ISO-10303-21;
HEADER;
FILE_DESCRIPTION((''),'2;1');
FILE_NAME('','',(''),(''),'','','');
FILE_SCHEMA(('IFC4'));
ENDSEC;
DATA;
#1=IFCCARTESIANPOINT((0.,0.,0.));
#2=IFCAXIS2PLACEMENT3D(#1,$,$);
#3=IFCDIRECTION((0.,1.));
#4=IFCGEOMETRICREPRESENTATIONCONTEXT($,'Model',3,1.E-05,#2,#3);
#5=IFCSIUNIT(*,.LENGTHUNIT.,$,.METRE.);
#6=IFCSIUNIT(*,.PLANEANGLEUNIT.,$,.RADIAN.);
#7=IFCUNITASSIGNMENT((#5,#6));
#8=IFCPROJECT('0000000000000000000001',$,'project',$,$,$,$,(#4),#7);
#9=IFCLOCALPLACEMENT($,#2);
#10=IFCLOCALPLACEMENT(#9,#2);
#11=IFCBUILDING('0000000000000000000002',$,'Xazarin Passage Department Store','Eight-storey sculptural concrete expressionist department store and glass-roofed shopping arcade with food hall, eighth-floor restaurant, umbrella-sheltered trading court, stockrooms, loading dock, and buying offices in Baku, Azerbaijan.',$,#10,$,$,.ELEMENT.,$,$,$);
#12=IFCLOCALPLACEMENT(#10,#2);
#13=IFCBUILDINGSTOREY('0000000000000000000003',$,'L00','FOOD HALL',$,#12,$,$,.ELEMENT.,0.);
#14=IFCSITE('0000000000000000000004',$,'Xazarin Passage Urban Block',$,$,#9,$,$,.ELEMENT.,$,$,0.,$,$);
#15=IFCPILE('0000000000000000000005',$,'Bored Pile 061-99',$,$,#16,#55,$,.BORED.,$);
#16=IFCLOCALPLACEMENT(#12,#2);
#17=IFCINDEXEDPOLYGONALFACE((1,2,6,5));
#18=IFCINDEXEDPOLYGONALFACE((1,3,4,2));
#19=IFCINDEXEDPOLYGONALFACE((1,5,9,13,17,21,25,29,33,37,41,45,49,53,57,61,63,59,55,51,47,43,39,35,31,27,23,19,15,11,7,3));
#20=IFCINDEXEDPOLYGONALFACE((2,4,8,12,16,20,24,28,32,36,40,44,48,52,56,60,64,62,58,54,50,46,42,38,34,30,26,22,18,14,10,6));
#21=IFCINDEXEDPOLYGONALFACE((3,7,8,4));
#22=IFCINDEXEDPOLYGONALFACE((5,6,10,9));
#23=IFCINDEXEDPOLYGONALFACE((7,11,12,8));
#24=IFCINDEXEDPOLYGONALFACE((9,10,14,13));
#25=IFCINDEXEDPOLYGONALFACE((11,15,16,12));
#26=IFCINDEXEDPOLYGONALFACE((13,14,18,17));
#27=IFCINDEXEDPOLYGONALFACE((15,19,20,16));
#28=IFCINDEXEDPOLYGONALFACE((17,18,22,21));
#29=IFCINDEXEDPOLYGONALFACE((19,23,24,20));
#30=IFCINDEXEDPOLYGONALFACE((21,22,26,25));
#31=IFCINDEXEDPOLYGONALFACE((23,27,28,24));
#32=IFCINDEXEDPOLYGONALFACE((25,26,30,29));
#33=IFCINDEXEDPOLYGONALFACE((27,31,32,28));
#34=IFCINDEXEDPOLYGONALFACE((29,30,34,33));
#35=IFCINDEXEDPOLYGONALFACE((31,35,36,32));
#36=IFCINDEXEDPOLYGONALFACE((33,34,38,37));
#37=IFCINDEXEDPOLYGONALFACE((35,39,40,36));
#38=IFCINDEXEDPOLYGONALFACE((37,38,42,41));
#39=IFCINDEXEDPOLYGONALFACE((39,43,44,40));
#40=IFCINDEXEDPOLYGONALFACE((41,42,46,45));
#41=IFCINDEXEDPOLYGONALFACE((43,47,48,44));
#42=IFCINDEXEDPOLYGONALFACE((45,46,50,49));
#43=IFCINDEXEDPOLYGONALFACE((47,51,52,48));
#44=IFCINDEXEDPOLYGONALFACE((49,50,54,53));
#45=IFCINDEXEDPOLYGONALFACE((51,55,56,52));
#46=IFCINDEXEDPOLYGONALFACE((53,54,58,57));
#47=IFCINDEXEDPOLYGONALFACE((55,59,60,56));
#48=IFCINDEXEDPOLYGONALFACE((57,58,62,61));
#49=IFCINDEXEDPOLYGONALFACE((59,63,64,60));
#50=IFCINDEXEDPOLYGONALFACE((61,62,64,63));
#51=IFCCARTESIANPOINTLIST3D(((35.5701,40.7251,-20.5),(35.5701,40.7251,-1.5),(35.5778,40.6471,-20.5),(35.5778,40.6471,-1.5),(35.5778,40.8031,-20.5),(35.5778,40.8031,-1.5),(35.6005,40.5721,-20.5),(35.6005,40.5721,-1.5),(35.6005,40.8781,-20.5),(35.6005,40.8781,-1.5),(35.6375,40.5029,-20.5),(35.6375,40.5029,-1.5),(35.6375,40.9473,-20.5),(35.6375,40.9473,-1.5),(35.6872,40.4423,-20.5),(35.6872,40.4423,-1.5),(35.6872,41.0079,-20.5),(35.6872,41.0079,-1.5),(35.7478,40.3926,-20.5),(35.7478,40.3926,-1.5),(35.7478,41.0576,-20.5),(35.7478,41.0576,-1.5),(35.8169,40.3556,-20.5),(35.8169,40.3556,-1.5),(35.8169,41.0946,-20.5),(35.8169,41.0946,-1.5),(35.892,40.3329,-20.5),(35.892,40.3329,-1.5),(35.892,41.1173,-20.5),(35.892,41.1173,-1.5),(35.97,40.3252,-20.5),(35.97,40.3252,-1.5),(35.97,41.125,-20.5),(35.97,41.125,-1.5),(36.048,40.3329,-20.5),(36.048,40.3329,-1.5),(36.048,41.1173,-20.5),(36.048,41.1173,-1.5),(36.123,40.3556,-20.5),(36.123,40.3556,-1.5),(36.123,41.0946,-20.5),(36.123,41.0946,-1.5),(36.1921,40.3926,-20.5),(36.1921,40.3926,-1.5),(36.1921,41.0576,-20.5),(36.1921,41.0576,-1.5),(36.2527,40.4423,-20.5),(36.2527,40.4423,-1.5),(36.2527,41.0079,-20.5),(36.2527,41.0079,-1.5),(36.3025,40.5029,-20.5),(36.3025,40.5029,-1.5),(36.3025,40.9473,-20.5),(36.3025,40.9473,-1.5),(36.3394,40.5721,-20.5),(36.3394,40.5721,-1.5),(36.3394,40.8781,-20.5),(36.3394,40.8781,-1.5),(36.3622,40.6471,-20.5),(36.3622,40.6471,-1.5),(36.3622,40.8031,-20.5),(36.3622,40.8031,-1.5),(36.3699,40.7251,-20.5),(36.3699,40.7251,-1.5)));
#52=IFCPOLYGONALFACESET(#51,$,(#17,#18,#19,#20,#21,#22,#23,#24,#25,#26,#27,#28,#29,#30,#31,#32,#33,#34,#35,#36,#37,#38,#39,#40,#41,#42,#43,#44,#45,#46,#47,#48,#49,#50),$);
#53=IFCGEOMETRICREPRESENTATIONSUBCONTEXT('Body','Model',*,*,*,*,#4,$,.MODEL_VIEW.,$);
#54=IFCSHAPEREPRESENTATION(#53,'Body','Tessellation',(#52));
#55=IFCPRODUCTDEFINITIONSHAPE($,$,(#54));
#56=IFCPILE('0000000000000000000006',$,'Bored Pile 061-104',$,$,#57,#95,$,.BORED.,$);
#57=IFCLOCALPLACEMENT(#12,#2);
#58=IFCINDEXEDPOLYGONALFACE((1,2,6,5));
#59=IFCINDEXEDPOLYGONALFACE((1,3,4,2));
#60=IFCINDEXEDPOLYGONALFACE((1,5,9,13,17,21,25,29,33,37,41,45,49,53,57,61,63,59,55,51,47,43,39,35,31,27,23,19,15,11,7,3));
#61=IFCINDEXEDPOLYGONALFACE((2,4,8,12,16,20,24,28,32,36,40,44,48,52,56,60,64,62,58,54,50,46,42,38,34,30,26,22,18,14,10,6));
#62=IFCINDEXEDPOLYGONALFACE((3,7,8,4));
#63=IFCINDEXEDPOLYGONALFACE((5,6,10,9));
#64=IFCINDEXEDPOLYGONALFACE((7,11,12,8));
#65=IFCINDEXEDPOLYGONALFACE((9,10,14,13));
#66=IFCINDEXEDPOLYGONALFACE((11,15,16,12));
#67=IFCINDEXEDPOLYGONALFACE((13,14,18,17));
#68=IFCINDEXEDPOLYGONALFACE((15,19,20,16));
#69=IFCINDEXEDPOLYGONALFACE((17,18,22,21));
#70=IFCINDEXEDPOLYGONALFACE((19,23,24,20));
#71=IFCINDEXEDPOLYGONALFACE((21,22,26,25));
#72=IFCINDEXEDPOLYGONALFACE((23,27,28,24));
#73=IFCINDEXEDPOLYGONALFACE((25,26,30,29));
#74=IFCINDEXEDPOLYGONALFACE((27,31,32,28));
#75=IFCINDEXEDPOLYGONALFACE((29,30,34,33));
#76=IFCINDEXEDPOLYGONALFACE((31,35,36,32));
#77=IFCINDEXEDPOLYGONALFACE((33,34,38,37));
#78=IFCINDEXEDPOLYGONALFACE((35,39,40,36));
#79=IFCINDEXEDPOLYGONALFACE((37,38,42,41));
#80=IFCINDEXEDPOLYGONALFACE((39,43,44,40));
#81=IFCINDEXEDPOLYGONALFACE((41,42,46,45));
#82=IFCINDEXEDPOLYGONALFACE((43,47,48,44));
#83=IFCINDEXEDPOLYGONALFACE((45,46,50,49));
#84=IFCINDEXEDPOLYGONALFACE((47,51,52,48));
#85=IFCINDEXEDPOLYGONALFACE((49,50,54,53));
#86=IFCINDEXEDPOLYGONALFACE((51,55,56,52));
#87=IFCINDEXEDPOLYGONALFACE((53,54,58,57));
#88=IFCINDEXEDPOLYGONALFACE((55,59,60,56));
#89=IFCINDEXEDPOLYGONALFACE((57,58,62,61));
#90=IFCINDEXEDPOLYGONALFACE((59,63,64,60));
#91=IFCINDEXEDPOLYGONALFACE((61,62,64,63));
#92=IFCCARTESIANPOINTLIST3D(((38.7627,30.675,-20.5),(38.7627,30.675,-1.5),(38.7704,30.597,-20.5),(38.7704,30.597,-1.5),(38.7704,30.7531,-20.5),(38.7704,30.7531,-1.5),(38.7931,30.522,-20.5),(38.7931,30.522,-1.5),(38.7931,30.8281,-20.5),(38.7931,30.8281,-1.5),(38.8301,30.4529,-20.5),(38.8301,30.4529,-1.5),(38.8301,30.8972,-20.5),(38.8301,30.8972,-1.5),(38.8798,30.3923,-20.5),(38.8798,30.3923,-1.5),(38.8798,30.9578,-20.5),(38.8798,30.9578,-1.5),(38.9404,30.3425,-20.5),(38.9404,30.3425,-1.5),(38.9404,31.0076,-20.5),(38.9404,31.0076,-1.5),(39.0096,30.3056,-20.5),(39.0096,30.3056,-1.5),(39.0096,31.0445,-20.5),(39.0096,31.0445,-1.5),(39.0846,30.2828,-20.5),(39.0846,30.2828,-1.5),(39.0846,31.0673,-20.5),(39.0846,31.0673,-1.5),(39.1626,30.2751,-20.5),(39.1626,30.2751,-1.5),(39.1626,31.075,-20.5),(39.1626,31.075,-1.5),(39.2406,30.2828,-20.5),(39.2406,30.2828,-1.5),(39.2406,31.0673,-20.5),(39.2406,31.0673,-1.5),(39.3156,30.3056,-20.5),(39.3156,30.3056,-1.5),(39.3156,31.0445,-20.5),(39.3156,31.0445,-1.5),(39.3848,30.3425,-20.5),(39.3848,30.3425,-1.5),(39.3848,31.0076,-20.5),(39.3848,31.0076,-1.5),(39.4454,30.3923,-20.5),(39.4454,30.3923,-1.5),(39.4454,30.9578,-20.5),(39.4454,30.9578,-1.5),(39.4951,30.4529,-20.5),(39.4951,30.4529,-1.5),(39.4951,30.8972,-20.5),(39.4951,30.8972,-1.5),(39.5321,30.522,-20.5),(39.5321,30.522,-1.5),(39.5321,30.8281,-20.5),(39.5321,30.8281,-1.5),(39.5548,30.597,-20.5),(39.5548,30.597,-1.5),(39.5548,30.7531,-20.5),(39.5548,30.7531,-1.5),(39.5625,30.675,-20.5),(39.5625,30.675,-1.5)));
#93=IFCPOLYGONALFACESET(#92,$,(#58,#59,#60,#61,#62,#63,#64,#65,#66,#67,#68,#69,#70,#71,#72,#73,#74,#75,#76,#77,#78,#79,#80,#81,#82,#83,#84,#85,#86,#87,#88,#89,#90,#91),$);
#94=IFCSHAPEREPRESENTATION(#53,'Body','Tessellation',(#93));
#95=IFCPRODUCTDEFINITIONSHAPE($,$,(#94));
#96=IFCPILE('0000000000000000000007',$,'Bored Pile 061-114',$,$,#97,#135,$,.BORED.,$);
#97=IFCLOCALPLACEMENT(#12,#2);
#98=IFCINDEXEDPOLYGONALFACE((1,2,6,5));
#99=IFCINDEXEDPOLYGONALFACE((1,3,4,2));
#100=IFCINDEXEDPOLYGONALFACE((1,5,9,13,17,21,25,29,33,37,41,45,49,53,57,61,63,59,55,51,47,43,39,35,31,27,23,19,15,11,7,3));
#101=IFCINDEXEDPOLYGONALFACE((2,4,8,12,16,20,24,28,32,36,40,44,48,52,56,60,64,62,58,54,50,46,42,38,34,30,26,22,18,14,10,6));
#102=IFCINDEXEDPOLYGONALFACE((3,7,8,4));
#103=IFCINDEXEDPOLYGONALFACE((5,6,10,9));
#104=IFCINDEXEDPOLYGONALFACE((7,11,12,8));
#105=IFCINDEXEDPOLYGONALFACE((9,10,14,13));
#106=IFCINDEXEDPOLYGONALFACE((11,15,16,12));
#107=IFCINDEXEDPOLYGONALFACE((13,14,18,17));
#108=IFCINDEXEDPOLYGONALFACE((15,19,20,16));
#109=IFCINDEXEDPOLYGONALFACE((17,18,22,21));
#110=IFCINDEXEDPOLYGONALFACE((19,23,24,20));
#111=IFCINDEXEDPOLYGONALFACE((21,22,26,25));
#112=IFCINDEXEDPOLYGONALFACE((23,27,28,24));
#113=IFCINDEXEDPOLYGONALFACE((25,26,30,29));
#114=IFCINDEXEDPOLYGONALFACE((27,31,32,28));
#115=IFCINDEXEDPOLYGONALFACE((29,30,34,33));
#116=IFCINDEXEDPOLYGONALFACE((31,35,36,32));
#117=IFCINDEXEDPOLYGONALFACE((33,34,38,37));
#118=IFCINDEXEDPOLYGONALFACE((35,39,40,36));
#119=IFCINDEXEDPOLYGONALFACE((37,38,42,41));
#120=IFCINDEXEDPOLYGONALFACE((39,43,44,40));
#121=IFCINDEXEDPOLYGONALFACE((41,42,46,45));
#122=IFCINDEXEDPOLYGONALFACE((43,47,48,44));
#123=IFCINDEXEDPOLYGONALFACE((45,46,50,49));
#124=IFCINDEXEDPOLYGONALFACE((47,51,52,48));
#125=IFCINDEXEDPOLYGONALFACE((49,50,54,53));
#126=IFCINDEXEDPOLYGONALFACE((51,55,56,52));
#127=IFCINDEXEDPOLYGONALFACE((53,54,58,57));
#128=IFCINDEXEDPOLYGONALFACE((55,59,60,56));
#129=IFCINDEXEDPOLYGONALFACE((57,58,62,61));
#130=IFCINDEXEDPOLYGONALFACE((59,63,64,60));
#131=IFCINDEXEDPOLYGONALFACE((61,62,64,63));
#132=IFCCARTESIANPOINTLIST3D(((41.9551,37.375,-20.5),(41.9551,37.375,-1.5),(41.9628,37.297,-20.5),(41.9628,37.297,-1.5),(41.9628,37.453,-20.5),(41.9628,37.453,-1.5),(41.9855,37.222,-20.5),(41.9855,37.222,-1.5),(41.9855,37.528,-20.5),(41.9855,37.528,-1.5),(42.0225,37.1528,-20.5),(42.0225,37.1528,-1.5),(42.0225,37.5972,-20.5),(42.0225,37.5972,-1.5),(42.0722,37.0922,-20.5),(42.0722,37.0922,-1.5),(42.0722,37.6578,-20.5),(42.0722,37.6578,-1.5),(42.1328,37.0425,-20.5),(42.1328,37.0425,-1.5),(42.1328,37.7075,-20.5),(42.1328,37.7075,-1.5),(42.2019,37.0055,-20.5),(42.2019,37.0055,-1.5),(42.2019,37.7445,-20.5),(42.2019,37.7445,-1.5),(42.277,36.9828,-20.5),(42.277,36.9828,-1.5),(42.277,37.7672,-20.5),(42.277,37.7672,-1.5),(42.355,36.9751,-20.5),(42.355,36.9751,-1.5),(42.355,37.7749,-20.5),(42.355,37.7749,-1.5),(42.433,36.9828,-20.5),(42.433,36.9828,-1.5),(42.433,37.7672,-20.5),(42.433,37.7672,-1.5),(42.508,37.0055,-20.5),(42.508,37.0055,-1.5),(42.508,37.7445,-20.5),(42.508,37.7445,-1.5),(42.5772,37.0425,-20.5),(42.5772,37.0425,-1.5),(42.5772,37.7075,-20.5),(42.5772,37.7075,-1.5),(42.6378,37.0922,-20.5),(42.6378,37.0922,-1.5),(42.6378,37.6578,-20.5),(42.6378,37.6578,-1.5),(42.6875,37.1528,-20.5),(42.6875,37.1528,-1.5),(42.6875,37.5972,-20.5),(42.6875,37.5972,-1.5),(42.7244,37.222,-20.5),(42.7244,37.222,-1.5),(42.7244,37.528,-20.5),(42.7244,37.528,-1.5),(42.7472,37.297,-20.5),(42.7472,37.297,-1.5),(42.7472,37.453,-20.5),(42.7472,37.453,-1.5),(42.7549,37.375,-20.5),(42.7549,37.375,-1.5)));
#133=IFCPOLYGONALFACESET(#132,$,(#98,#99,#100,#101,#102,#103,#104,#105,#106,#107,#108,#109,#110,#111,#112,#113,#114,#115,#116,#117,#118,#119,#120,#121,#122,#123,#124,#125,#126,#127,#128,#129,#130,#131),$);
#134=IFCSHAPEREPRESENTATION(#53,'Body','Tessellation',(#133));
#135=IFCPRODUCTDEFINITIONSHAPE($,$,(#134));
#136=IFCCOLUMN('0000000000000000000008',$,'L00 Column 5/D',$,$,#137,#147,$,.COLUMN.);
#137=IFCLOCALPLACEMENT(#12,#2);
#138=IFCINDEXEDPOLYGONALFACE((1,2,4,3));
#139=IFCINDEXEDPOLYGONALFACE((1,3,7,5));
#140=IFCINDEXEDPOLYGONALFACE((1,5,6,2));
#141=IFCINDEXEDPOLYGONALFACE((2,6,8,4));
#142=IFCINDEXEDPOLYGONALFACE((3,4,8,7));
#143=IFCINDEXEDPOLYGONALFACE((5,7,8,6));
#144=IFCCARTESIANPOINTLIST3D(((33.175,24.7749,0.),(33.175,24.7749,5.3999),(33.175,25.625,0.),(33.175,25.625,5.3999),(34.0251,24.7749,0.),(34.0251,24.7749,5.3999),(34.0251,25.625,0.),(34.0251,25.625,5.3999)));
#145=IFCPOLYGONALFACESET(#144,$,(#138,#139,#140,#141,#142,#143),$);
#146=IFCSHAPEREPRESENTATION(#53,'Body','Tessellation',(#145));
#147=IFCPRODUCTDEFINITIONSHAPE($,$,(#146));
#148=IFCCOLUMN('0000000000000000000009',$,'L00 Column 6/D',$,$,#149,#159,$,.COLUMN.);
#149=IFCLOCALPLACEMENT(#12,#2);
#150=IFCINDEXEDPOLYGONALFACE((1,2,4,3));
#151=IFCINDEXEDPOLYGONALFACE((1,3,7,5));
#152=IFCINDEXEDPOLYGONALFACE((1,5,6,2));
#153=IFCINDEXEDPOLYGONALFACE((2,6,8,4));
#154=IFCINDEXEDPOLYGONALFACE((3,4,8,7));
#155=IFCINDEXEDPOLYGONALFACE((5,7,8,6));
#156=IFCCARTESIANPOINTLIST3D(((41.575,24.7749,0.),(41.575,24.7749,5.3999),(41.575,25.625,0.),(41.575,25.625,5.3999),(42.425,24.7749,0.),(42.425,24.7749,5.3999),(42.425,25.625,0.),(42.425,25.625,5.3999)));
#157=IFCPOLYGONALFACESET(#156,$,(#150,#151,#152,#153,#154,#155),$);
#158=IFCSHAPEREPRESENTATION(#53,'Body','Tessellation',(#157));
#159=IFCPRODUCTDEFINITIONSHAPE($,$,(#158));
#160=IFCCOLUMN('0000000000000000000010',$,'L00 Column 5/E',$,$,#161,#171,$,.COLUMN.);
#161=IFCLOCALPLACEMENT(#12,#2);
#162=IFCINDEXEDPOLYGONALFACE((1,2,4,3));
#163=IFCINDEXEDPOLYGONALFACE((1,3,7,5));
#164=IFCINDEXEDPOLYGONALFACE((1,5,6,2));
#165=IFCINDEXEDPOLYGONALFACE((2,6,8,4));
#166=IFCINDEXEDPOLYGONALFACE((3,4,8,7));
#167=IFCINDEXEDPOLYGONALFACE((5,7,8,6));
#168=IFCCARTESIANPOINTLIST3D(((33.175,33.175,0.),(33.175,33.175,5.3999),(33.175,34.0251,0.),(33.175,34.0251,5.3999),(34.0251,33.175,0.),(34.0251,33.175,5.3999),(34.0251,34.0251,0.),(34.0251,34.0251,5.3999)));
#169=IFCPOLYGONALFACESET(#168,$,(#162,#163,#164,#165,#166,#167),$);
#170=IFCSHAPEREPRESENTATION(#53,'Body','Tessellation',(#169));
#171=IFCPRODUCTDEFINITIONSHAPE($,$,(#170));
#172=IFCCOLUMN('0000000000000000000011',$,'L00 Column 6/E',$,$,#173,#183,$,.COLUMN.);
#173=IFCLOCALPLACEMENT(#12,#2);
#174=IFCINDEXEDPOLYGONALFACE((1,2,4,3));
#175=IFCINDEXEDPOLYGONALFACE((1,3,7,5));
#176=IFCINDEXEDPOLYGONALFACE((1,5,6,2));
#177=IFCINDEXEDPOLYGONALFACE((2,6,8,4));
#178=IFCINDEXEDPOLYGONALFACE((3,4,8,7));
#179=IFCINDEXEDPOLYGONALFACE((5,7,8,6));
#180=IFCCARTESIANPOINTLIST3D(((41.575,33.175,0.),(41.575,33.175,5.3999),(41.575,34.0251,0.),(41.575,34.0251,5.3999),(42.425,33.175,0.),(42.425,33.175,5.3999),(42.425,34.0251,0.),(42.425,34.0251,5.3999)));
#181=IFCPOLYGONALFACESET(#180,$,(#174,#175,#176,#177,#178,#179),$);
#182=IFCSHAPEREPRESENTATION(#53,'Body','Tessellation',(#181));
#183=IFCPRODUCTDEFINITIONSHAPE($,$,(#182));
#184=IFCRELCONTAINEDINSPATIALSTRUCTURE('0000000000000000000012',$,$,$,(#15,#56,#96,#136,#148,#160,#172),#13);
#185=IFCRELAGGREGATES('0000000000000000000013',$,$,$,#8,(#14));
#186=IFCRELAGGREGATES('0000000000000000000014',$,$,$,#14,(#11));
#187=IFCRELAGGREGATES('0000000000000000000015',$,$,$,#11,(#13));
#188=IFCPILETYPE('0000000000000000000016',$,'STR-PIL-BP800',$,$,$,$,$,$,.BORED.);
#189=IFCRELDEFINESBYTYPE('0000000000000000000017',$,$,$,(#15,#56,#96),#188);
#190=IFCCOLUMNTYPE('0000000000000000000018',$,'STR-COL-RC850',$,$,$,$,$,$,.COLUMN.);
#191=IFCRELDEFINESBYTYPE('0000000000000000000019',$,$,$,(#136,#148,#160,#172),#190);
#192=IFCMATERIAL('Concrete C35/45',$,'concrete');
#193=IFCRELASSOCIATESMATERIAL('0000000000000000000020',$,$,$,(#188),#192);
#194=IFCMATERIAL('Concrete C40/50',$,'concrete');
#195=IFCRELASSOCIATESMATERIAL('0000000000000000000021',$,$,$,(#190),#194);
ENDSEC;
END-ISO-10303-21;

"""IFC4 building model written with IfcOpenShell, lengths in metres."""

from ifc_helpers import new_model, si_unit, direction, frame, origin, origin_2d, place, context, subcontext, project, spatial, rectangle, circle, extrude, material, material_profile, profile_set, type_object, element, save


model = new_model("IFC4")

# Units and contexts
model_context = context("Model", 3, precision=1e-05, world=origin(), true_north=direction((0.0, 1.0)))
body_context = subcontext(model_context, "Body", "Model", "MODEL_VIEW")
ifc_project = project(units=[si_unit("LENGTHUNIT", "METRE"), si_unit("PLANEANGLEUNIT", "RADIAN")], contexts=[model_context])

# Site, building, storey
site_placement = place(None, origin())
site = spatial("IfcSite", under=ifc_project, at=site_placement, Name="Xazarin Passage Urban Block", CompositionType="ELEMENT", RefElevation=0.0)
building_placement = place(site_placement, origin())
building = spatial("IfcBuilding", under=site, at=building_placement, Name="Xazarin Passage Department Store", Description="Eight-storey sculptural concrete expressionist department store and glass-roofed shopping arcade with food hall, eighth-floor restaurant, umbrella-sheltered trading court, stockrooms, loading dock, and buying offices in Baku, Azerbaijan.", CompositionType="ELEMENT")
storey_placement = place(building_placement, origin())
storey = spatial("IfcBuildingStorey", under=building, at=storey_placement, Name="L00", Description="FOOD HALL", CompositionType="ELEMENT", Elevation=0.0)

# Shared definitions
ifc_material_1 = material(Name="Concrete C35/45", Category="concrete")

# Piles
ifc_material_profile_1 = material_profile(ifc_material_1, circle(Radius=0.3999, at=origin_2d()), Name="BP 800")
ifc_profile_set_1 = profile_set([ifc_material_profile_1], Name="Concrete C35/45")
pile_type_1 = type_object("IfcPileType", Name="STR-PIL-BP800", PredefinedType="BORED", material=ifc_profile_set_1)
for number, where, z_axis, x_axis, name in (
    (1, (35.97, 40.7251, -1.5), (0.0, 0.0, -1.0), (1.0, 0.0, 0.0), "Bored Pile 061-99"),
    (2, (39.1626, 30.675, -1.5), (0.0, 0.0, -1.0), (1.0, 0.0, 0.0), "Bored Pile 061-104"),
    (3, (42.355, 37.375, -1.5), (0.0, 0.0, -1.0), (1.0, 0.0, 0.0), "Bored Pile 061-114"),
):
    element("IfcPile", number, at=place(storey_placement, frame(where, z_axis=z_axis, x_axis=x_axis)), inside=storey, type_object=pile_type_1, Name=name, PredefinedType="BORED", context=body_context, shape_type="SweptSolid", body=[
        extrude(circle(Radius=0.3999, at=origin_2d()), origin(), (0.0, 0.0, 1.0), 19.0),
    ])

# Columns
ifc_material_2 = material(Name="Concrete C40/50", Category="concrete")
ifc_material_profile_2 = material_profile(ifc_material_2, rectangle(XDim=0.8501, YDim=0.8501, at=origin_2d()), Name="RC 850x850")
ifc_profile_set_2 = profile_set([ifc_material_profile_2], Name="Concrete C40/50")
column_type = type_object("IfcColumnType", Name="STR-COL-RC850", PredefinedType="COLUMN", material=ifc_profile_set_2)
for number, where, z_axis, x_axis, name in (
    (4, (33.6001, 25.2, 0.0), (0.0, 0.0, 1.0), (1.0, 0.0, 0.0), "L00 Column 5/D"),
    (5, (42.0, 25.2, 0.0), (0.0, 0.0, 1.0), (1.0, 0.0, 0.0), "L00 Column 6/D"),
    (6, (33.6001, 33.6001, 0.0), (0.0, 0.0, 1.0), (1.0, 0.0, 0.0), "L00 Column 5/E"),
    (7, (42.0, 33.6001, 0.0), (0.0, 0.0, 1.0), (1.0, 0.0, 0.0), "L00 Column 6/E"),
):
    element("IfcColumn", number, at=place(storey_placement, frame(where, z_axis=z_axis, x_axis=x_axis)), inside=storey, type_object=column_type, Name=name, PredefinedType="COLUMN", context=body_context, shape_type="SweptSolid", body=[
        extrude(rectangle(XDim=0.8501, YDim=0.8501, at=origin_2d()), origin(), (0.0, 0.0, 1.0), 5.3999),
    ])

save(model, "model.ifc")
